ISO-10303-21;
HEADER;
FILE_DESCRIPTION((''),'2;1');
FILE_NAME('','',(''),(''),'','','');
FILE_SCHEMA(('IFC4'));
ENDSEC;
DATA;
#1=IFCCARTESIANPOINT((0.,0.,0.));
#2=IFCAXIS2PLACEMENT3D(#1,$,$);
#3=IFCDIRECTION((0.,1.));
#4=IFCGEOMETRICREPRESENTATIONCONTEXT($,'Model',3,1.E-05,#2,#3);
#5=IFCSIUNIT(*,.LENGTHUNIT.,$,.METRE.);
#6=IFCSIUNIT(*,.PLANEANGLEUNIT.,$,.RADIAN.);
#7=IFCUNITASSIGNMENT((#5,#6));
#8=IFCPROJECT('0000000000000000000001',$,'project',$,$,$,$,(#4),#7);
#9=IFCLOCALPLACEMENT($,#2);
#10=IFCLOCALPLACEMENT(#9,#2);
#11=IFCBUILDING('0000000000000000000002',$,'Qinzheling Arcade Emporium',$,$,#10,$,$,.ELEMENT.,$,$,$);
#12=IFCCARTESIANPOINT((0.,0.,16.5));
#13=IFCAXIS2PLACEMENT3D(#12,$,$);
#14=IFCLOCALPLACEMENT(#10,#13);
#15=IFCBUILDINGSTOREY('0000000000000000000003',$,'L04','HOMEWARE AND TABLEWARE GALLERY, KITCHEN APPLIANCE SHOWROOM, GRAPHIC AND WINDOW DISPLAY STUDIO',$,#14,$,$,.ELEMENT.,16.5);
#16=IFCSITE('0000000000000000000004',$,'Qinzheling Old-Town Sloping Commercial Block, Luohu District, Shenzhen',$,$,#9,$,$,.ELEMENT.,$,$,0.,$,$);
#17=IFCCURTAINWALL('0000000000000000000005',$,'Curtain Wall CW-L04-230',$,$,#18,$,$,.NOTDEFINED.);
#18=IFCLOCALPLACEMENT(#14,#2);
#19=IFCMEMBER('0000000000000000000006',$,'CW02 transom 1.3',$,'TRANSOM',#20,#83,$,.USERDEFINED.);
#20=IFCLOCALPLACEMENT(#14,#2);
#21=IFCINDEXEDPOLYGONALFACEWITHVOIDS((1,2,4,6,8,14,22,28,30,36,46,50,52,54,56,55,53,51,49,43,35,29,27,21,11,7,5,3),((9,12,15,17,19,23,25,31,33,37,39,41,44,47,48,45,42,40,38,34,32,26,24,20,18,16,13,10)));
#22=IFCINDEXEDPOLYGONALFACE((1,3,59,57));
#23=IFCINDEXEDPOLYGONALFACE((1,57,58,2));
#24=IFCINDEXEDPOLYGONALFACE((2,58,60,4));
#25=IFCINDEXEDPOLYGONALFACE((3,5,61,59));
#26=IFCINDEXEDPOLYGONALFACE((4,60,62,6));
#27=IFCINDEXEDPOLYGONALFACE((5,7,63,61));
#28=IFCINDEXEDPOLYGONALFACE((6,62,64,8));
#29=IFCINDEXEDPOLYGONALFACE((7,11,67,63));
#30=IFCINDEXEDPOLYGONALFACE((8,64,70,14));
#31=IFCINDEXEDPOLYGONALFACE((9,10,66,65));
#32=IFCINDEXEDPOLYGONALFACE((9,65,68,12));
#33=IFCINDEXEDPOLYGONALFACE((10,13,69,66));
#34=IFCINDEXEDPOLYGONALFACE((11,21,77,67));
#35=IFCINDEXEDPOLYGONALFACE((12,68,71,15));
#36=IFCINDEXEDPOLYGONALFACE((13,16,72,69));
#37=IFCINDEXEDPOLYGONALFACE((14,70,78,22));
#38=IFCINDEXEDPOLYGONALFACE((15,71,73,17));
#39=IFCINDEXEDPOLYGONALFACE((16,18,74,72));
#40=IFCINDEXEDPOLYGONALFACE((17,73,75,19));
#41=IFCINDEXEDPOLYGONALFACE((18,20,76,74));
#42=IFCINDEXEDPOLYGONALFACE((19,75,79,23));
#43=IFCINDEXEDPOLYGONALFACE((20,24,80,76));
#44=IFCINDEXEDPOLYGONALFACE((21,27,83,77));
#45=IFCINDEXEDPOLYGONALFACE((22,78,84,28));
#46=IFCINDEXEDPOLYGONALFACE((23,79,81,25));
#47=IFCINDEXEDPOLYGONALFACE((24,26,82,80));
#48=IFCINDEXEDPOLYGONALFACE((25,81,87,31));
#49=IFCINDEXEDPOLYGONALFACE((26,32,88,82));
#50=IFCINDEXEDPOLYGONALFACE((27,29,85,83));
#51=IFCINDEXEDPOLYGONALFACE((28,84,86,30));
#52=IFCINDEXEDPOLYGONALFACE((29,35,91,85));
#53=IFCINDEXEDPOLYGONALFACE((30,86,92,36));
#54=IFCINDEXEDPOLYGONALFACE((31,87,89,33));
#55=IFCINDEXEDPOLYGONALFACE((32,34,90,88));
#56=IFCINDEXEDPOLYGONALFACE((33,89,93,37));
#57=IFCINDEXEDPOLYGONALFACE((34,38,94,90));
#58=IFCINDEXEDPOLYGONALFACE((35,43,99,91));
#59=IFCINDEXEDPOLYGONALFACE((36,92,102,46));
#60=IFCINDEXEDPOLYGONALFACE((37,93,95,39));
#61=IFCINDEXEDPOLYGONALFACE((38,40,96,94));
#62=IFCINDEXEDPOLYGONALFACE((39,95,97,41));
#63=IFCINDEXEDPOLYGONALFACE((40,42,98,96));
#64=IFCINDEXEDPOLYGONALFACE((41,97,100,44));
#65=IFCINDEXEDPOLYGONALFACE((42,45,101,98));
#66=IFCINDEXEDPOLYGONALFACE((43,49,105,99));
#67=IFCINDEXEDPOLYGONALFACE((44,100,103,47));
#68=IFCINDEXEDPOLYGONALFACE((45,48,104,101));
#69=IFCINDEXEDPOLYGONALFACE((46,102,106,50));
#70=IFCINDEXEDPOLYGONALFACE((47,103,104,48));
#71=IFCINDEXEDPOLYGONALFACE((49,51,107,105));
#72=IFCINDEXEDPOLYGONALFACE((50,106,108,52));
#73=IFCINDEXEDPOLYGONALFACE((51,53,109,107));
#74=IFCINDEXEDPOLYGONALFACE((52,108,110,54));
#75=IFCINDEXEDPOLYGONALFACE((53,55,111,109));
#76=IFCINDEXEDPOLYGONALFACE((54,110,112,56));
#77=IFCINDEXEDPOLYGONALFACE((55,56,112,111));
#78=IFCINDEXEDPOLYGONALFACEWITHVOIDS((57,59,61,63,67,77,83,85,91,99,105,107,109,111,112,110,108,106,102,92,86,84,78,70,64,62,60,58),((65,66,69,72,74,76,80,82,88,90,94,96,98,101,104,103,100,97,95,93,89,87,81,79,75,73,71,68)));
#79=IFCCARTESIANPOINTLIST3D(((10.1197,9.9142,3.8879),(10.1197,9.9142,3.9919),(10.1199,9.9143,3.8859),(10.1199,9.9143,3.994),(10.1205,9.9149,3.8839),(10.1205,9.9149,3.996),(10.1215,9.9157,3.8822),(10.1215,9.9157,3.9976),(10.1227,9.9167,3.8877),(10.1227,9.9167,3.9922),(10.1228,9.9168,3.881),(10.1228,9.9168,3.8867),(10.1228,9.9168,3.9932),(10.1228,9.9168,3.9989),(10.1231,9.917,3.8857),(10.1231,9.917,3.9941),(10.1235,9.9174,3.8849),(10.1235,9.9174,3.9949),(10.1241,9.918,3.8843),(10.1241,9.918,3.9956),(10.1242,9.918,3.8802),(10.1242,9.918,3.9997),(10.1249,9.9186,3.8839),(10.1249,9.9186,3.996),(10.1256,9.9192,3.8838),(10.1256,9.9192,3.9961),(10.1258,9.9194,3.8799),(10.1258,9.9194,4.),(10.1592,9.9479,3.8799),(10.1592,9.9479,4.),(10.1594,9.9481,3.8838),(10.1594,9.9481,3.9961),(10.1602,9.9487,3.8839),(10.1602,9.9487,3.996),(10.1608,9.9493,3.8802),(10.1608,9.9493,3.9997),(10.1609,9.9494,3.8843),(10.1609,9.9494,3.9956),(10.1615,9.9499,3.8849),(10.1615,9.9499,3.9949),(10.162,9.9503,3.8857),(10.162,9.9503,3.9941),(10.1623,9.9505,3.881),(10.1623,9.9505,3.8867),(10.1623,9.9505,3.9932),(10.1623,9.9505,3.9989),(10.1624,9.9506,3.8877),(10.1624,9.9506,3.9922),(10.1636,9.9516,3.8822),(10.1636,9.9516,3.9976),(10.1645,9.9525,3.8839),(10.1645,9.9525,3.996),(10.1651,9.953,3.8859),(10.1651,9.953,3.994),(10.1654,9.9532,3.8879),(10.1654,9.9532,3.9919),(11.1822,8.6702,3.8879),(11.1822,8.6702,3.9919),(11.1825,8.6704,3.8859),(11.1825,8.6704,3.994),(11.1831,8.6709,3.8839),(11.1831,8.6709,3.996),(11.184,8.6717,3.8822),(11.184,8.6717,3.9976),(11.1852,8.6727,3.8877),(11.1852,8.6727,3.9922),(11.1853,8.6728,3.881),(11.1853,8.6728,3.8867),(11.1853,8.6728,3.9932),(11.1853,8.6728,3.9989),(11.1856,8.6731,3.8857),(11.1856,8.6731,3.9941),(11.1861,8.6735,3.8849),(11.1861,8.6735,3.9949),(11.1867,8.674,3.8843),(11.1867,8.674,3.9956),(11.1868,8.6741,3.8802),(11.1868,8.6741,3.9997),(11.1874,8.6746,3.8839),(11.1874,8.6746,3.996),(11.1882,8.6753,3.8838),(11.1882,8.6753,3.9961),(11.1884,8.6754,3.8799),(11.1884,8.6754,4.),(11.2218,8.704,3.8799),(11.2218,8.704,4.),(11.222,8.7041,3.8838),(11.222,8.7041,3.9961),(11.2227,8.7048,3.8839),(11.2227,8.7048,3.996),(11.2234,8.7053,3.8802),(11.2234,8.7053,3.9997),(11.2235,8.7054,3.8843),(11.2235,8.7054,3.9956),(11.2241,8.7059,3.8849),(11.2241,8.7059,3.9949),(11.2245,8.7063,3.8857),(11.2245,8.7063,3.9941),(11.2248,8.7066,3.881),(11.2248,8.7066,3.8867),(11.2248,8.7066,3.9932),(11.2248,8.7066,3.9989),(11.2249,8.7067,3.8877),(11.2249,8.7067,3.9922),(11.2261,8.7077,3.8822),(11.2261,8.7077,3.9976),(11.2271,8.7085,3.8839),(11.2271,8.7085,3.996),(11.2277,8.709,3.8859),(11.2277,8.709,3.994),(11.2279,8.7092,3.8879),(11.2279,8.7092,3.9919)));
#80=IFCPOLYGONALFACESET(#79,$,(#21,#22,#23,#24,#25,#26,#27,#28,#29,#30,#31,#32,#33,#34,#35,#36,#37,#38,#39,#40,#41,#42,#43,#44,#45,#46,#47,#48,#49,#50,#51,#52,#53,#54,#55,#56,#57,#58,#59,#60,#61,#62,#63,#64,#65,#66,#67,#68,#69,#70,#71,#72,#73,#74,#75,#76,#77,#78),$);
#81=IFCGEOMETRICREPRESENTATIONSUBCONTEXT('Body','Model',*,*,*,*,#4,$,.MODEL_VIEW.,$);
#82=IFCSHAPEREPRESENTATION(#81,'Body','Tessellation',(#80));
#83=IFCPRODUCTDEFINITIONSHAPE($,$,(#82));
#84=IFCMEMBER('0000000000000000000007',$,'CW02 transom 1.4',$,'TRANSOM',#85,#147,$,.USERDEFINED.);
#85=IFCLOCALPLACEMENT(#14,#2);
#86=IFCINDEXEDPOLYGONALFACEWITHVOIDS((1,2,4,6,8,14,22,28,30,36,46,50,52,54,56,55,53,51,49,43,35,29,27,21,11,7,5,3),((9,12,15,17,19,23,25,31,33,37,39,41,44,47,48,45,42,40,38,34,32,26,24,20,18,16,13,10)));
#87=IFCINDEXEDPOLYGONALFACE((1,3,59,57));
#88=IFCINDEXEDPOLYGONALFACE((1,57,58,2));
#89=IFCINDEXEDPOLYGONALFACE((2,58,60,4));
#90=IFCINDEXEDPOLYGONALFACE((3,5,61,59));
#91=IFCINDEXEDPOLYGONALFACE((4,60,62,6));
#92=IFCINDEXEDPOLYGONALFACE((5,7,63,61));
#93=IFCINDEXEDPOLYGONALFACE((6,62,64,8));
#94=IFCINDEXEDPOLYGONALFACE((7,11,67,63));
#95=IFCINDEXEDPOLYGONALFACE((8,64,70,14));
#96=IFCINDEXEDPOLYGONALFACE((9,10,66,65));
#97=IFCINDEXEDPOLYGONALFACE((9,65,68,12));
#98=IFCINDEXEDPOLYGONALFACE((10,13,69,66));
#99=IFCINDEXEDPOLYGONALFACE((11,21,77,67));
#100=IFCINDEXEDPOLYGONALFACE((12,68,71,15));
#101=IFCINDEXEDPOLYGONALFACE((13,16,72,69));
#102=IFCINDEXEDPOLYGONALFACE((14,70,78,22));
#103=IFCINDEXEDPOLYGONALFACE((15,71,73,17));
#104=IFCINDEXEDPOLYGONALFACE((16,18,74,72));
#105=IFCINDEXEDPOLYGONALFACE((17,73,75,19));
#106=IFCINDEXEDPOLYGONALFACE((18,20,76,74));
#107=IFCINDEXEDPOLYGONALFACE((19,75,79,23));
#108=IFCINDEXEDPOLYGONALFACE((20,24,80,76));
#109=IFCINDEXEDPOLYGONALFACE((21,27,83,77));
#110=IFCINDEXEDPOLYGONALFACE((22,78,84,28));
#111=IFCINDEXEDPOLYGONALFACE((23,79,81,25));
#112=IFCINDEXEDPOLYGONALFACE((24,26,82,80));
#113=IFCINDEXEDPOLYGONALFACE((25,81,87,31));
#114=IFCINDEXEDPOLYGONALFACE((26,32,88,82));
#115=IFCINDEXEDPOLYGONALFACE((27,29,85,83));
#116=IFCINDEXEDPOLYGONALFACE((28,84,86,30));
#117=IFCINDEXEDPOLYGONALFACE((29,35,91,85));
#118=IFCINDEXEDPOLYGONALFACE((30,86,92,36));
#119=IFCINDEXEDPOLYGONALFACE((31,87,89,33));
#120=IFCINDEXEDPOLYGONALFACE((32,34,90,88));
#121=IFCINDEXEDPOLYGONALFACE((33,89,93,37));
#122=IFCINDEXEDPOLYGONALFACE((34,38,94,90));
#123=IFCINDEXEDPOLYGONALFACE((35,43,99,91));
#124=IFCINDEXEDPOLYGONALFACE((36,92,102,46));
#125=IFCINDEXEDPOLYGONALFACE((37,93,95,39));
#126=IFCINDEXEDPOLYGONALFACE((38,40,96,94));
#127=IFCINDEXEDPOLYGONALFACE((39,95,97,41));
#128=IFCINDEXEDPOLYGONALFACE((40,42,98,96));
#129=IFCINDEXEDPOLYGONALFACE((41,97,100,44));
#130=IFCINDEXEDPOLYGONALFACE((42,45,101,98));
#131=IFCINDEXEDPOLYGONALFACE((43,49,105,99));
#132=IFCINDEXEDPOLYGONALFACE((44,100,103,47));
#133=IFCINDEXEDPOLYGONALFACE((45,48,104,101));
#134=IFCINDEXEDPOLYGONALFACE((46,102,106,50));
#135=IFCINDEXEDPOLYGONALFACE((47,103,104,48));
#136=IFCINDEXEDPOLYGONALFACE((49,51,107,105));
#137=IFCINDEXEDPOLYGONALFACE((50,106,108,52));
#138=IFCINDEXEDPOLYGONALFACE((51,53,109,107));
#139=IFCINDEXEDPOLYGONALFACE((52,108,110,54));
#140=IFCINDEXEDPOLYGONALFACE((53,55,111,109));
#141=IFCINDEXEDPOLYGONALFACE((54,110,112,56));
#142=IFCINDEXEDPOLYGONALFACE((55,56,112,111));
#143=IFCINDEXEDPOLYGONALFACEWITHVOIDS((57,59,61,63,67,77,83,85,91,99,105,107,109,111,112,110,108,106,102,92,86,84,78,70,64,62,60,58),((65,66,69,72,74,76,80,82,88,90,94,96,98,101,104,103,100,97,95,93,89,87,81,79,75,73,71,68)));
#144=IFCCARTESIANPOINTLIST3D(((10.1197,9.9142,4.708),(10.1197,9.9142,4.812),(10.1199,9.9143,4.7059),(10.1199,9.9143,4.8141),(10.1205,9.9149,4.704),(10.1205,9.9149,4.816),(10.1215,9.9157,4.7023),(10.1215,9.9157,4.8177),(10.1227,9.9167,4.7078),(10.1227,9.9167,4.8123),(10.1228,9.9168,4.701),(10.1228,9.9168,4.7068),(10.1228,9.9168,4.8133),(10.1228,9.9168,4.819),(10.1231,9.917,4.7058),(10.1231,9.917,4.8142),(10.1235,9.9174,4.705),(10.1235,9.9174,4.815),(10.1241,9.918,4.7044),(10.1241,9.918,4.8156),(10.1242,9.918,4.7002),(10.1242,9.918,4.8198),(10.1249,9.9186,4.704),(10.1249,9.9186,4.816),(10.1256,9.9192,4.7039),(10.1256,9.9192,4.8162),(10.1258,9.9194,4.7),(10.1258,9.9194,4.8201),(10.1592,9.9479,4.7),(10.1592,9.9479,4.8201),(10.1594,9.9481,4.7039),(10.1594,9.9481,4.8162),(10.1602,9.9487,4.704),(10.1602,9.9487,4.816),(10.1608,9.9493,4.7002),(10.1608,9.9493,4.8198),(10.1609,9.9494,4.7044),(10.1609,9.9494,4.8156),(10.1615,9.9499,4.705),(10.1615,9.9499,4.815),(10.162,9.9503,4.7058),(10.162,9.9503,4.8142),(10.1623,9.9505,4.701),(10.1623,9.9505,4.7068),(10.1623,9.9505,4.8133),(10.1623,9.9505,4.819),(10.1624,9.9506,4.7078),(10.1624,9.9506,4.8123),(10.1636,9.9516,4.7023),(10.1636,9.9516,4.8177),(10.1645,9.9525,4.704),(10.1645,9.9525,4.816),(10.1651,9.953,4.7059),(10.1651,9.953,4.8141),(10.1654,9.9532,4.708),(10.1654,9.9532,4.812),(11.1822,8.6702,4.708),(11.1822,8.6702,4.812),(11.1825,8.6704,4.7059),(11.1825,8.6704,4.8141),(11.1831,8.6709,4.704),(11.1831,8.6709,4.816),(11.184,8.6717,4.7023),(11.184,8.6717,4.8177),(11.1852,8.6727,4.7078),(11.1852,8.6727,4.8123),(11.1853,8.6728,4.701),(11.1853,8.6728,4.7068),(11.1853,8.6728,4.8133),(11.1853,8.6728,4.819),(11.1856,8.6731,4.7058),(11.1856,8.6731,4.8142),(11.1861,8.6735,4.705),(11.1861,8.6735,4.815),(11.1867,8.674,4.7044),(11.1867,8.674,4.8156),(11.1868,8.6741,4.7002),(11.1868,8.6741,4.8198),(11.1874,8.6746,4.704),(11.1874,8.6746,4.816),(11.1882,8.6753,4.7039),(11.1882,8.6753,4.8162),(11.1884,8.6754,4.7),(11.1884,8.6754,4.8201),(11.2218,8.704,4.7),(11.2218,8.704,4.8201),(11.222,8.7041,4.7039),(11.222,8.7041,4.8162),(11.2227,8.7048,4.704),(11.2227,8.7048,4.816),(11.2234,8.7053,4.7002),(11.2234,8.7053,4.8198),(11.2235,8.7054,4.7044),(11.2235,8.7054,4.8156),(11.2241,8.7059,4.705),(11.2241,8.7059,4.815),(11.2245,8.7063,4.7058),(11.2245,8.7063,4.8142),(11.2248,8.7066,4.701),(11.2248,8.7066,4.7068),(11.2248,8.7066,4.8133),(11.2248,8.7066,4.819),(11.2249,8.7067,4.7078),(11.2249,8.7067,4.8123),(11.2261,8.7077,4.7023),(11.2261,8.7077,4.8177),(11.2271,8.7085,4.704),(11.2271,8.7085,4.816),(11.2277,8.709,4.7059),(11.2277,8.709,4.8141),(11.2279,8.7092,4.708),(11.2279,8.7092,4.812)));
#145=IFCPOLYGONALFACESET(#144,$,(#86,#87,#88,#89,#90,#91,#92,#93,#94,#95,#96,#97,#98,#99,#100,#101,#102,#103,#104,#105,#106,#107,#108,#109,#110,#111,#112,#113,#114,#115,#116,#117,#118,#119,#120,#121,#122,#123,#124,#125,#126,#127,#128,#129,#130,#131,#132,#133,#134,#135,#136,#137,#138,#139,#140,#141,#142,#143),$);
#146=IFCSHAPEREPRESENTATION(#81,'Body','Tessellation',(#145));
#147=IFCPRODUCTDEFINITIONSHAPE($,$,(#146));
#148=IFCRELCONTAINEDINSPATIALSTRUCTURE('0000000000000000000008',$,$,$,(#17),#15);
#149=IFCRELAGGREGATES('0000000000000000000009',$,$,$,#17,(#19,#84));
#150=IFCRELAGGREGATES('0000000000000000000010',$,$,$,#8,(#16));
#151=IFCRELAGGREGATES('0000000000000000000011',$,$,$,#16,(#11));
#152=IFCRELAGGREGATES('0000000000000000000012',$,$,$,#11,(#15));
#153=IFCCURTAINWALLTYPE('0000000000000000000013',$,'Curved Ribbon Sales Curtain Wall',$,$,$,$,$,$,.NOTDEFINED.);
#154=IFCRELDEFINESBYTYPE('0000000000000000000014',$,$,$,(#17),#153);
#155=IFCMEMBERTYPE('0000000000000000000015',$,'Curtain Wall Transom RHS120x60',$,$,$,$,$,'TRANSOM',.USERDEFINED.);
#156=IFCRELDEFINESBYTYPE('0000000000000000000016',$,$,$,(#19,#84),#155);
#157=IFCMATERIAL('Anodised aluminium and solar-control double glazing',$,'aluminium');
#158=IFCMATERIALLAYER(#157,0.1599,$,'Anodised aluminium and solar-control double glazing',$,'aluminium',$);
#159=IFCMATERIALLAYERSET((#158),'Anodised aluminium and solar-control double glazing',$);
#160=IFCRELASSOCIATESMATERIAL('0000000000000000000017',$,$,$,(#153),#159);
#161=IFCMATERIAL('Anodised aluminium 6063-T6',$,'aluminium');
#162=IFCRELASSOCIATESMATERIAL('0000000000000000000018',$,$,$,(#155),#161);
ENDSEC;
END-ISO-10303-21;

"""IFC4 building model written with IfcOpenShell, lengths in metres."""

from ifc_helpers import new_model, si_unit, direction, frame, origin, origin_2d, place, context, subcontext, project, spatial, hollow_rectangle, extrude, material, layer, layer_set, material_profile, profile_set, type_object, element, aggregate, save


model = new_model("IFC4")

# Units and contexts
model_context = context("Model", 3, precision=1e-05, world=origin(), true_north=direction((0.0, 1.0)))
body_context = subcontext(model_context, "Body", "Model", "MODEL_VIEW")
ifc_project = project(units=[si_unit("LENGTHUNIT", "METRE"), si_unit("PLANEANGLEUNIT", "RADIAN")], contexts=[model_context])

# Site, building, storey
site_placement = place(None, origin())
site = spatial("IfcSite", under=ifc_project, at=site_placement, Name="Qinzheling Old-Town Sloping Commercial Block, Luohu District, Shenzhen", CompositionType="ELEMENT", RefElevation=0.0)
building_placement = place(site_placement, origin())
building = spatial("IfcBuilding", under=site, at=building_placement, Name="Qinzheling Arcade Emporium", CompositionType="ELEMENT")
storey_placement = place(building_placement, frame((0.0, 0.0, 16.5)))
storey = spatial("IfcBuildingStorey", under=building, at=storey_placement, Name="L04", Description="HOMEWARE AND TABLEWARE GALLERY, KITCHEN APPLIANCE SHOWROOM, GRAPHIC AND WINDOW DISPLAY STUDIO", CompositionType="ELEMENT", Elevation=16.5)

# Shared definitions
ifc_material_1 = material(Name="Anodised aluminium and solar-control double glazing", Category="aluminium")
ifc_layer_1 = layer(ifc_material_1, 0.1599, Name="Anodised aluminium and solar-control double glazing", Category="aluminium")
ifc_layer_set_1 = layer_set([ifc_layer_1], Name="Anodised aluminium and solar-control double glazing")
curtain_wall_type = type_object("IfcCurtainWallType", Name="Curved Ribbon Sales Curtain Wall", PredefinedType="NOTDEFINED", material=ifc_layer_set_1)
ifc_material_2 = material(Name="Anodised aluminium 6063-T6", Category="aluminium")

# Curtain wall
curtain_wall_1_placement = place(storey_placement, origin())
curtain_wall_1 = element("IfcCurtainWall", 1, at=curtain_wall_1_placement, inside=storey, type_object=curtain_wall_type, Name="Curtain Wall CW-L04-230", PredefinedType="NOTDEFINED")

# Members
ifc_material_profile_1 = material_profile(ifc_material_2, hollow_rectangle(XDim=0.0601, YDim=0.1201, WallThickness=0.0039, InnerFilletRadius=0.0039, OuterFilletRadius=0.0081, at=origin_2d()), Name="RHS 120x60x4", Category="aluminium")
ifc_profile_set_1 = profile_set([ifc_material_profile_1], Name="Anodised aluminium 6063-T6")
member_type_1 = type_object("IfcMemberType", Name="Curtain Wall Transom RHS120x60", ElementType="TRANSOM", PredefinedType="USERDEFINED", material=ifc_profile_set_1)
member_1_placement = place(storey_placement, frame((11.2051, 8.6897, 3.9399), z_axis=(-0.649488, 0.760372, 0.0), x_axis=(-0.760372, -0.649488, 0.0)))
member_1 = element("IfcMember", 2, at=member_1_placement, type_object=member_type_1, Name="CW02 transom 1.3", ObjectType="TRANSOM", PredefinedType="USERDEFINED", context=body_context, shape_type="SweptSolid", body=[
    extrude(hollow_rectangle(XDim=0.0601, YDim=0.1201, WallThickness=0.0039, InnerFilletRadius=0.0039, OuterFilletRadius=0.0081, at=origin_2d()), origin(), (0.0, 0.0, 1.0), 1.636),
])
member_2_placement = place(storey_placement, frame((11.2051, 8.6897, 4.76), z_axis=(-0.649488, 0.760372, 0.0), x_axis=(-0.760372, -0.649488, 0.0)))
member_2 = element("IfcMember", 3, at=member_2_placement, type_object=member_type_1, Name="CW02 transom 1.4", ObjectType="TRANSOM", PredefinedType="USERDEFINED", context=body_context, shape_type="SweptSolid", body=[
    extrude(hollow_rectangle(XDim=0.0601, YDim=0.1201, WallThickness=0.0039, InnerFilletRadius=0.0039, OuterFilletRadius=0.0081, at=origin_2d()), origin(), (0.0, 0.0, 1.0), 1.636),
])

aggregate(curtain_wall_1, [member_1, member_2])

save(model, "model.ifc")
